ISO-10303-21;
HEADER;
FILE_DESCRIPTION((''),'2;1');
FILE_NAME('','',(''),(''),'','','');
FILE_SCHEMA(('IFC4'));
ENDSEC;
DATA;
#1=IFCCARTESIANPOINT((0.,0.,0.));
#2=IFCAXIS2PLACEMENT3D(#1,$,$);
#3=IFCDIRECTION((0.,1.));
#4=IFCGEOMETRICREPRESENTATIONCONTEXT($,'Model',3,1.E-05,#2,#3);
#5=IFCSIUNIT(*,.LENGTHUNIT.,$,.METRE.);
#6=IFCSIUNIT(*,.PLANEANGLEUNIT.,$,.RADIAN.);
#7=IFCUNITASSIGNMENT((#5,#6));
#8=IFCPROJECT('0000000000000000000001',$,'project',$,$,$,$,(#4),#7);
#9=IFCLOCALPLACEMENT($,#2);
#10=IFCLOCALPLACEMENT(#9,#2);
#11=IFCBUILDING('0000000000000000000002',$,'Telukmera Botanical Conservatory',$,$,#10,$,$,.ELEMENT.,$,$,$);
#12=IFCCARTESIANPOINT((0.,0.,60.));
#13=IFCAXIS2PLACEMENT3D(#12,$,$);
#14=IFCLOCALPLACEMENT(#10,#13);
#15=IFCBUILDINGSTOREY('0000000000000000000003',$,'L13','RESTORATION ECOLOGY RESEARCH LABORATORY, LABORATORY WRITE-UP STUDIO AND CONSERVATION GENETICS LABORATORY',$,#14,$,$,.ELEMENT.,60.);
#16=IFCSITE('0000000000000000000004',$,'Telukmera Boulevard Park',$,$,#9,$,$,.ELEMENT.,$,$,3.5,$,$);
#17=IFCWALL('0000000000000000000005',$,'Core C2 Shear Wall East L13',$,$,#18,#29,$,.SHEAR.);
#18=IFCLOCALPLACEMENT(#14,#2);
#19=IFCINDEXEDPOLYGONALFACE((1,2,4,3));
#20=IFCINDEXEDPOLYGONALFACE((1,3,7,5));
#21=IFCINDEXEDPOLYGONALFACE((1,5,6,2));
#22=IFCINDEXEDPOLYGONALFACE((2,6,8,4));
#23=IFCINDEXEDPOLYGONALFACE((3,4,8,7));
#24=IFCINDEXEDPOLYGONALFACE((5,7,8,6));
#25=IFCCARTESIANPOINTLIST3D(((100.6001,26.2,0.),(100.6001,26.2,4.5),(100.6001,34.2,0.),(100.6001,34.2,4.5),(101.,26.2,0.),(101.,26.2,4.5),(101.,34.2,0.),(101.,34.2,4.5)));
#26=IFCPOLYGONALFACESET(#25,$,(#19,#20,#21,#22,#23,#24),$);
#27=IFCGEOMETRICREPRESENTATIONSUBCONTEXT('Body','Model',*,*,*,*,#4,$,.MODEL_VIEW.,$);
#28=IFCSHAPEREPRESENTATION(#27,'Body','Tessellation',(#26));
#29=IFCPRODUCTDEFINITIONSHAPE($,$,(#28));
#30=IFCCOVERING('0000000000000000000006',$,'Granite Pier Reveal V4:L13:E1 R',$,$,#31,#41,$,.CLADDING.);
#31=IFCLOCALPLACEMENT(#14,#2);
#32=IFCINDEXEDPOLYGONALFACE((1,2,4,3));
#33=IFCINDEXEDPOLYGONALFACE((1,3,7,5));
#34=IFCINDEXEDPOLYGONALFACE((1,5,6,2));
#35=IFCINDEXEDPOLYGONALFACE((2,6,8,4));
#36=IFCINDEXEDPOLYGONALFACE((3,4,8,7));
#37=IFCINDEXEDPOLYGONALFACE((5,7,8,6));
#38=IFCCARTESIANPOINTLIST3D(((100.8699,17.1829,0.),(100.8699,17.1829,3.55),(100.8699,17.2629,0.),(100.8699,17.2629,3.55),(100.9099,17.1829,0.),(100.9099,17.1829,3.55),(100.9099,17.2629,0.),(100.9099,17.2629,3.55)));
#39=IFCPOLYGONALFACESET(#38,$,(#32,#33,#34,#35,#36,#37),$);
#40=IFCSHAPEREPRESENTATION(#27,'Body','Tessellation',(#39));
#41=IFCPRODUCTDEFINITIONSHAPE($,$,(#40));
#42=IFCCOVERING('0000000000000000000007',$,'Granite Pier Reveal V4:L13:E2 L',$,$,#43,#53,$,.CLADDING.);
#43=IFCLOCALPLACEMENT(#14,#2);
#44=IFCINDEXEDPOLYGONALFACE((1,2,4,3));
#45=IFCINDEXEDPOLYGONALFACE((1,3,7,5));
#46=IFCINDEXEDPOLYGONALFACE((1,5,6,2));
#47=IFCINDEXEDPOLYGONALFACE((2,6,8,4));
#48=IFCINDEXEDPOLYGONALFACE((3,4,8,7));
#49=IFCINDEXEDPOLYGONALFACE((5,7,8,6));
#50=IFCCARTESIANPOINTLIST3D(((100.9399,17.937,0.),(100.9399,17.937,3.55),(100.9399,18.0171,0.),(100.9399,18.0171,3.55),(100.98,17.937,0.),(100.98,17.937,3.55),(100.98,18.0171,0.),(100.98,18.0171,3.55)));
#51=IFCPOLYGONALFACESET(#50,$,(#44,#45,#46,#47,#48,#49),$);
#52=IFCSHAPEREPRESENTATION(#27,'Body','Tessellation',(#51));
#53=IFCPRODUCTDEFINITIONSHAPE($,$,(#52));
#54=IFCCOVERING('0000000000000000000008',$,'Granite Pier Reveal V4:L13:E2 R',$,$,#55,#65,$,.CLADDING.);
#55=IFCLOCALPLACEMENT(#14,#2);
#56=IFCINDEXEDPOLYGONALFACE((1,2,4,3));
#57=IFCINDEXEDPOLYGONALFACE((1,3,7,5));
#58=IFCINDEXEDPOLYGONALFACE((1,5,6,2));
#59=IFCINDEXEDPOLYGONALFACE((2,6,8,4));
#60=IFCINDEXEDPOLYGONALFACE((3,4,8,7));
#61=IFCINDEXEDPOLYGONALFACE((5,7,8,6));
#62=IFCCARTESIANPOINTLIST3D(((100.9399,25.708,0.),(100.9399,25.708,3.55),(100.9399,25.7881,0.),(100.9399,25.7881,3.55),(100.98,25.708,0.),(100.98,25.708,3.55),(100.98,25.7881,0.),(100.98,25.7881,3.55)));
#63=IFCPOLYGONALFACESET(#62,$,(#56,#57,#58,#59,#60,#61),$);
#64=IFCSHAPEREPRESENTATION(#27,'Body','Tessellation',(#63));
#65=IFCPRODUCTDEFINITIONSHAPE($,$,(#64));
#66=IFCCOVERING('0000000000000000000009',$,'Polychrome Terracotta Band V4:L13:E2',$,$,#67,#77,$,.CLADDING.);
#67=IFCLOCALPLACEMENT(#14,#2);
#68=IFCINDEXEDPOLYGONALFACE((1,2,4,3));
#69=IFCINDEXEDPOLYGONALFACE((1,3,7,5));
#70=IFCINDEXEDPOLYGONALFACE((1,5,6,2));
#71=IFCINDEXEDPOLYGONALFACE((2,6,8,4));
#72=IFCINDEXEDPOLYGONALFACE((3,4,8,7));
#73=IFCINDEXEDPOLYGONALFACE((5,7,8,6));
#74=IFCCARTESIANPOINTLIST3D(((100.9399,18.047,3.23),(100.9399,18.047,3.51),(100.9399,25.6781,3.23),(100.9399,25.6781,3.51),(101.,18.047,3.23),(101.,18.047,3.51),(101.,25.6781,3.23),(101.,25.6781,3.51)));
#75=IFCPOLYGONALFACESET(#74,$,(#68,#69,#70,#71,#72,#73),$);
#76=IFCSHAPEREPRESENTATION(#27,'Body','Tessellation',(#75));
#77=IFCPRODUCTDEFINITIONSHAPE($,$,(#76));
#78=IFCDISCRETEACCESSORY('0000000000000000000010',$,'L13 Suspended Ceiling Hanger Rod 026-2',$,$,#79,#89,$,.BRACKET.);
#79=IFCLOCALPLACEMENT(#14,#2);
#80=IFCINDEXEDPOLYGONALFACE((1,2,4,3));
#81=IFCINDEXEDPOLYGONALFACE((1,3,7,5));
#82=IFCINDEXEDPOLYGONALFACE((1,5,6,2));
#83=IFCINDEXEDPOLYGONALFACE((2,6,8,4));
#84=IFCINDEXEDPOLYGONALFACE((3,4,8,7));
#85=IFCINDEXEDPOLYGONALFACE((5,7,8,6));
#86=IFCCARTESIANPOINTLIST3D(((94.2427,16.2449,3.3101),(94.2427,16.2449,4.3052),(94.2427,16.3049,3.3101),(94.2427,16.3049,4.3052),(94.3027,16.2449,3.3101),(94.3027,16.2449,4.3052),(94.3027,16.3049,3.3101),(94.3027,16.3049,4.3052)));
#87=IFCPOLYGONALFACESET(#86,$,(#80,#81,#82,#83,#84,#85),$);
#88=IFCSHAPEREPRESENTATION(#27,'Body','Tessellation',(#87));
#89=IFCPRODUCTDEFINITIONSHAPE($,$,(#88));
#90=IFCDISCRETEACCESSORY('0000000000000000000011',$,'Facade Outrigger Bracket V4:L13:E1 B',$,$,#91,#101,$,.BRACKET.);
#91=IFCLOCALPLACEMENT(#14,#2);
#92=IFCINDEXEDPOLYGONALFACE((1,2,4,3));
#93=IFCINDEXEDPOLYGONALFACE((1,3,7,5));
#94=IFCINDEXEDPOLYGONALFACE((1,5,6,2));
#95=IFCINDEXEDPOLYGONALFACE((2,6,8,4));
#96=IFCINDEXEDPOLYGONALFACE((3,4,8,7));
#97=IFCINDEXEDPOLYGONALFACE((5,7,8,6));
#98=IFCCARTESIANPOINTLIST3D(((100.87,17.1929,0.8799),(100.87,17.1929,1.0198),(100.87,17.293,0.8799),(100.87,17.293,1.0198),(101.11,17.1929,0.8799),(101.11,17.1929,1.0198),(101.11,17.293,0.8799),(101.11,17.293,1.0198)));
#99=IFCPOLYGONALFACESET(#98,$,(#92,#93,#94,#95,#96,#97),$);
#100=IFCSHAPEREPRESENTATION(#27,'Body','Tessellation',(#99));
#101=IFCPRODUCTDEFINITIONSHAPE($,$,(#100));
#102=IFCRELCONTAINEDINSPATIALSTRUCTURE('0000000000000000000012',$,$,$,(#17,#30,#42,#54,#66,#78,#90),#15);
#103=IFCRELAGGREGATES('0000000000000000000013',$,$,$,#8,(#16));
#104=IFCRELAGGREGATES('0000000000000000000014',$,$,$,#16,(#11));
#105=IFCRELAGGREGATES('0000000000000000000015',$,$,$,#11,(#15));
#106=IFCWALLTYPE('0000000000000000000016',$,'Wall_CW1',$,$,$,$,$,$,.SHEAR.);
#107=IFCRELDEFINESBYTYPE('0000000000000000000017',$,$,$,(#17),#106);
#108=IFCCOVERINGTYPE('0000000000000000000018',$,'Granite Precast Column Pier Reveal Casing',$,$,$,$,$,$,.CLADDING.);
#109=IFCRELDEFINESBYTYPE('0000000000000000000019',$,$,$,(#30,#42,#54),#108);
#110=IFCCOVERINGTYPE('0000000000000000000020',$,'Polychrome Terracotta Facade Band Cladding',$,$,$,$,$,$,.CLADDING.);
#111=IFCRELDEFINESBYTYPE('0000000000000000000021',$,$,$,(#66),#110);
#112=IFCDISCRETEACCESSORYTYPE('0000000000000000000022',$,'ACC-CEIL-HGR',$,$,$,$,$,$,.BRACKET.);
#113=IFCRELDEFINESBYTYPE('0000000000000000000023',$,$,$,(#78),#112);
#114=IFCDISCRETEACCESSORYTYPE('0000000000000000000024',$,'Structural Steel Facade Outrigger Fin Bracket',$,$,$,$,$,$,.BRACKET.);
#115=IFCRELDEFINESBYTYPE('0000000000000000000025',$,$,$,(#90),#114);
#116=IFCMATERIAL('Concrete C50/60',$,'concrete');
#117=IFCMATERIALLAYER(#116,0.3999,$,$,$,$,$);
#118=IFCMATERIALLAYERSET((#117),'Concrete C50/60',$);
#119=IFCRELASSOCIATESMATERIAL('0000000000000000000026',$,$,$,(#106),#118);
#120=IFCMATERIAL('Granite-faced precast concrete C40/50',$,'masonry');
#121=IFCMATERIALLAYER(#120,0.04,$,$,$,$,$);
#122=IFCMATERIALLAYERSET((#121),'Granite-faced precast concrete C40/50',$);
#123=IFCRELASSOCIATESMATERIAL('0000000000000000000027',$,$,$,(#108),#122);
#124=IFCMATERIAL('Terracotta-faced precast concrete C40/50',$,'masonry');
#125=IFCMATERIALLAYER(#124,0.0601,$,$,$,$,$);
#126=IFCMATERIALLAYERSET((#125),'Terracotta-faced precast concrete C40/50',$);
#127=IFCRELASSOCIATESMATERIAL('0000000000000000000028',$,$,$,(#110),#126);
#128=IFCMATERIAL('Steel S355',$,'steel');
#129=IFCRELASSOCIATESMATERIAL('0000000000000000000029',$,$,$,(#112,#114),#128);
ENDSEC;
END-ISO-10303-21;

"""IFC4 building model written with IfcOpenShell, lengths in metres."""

from ifc_helpers import new_model, si_unit, direction, frame, frame_2d, origin, origin_2d, place, context, subcontext, project, spatial, rectangle, extrude, material, layer, layer_set, type_object, element, save


model = new_model("IFC4")

# Units and contexts
model_context = context("Model", 3, precision=1e-05, world=origin(), true_north=direction((0.0, 1.0)))
body_context = subcontext(model_context, "Body", "Model", "MODEL_VIEW")
ifc_project = project(units=[si_unit("LENGTHUNIT", "METRE"), si_unit("PLANEANGLEUNIT", "RADIAN")], contexts=[model_context])

# Site, building, storey
site_placement = place(None, origin())
site = spatial("IfcSite", under=ifc_project, at=site_placement, Name="Telukmera Boulevard Park", CompositionType="ELEMENT", RefElevation=3.5)
building_placement = place(site_placement, origin())
building = spatial("IfcBuilding", under=site, at=building_placement, Name="Telukmera Botanical Conservatory", CompositionType="ELEMENT")
storey_placement = place(building_placement, frame((0.0, 0.0, 60.0)))
storey = spatial("IfcBuildingStorey", under=building, at=storey_placement, Name="L13", Description="RESTORATION ECOLOGY RESEARCH LABORATORY, LABORATORY WRITE-UP STUDIO AND CONSERVATION GENETICS LABORATORY", CompositionType="ELEMENT", Elevation=60.0)

# Shared definitions
ifc_material_1 = material(Name="Concrete C50/60", Category="concrete")

# Wall
ifc_layer_1 = layer(ifc_material_1, 0.3999)
ifc_layer_set_1 = layer_set([ifc_layer_1], Name="Concrete C50/60")
wall_type_1 = type_object("IfcWallType", Name="Wall_CW1", PredefinedType="SHEAR", material=ifc_layer_set_1)
for number, where, z_axis, x_axis, name in (
    (1, (100.8, 26.2, 0.0), (0.0, 0.0, 1.0), (0.0, 1.0, 0.0), "Core C2 Shear Wall East L13"),
):
    element("IfcWall", number, at=place(storey_placement, frame(where, z_axis=z_axis, x_axis=x_axis)), inside=storey, type_object=wall_type_1, Name=name, PredefinedType="SHEAR", context=body_context, shape_type="SweptSolid", body=[
        extrude(rectangle(XDim=8.0, YDim=0.3999, at=frame_2d((4.0, 0.0))), origin(), (0.0, 0.0, 1.0), 4.5),
    ])

# Coverings
ifc_material_2 = material(Name="Granite-faced precast concrete C40/50", Category="masonry")
ifc_layer_2 = layer(ifc_material_2, 0.04)
ifc_layer_set_2 = layer_set([ifc_layer_2], Name="Granite-faced precast concrete C40/50")
covering_type_1 = type_object("IfcCoveringType", Name="Granite Precast Column Pier Reveal Casing", PredefinedType="CLADDING", material=ifc_layer_set_2)
for number, where, z_axis, x_axis, name in (
    (2, (100.8899, 17.2229, 0.0), (0.0, 0.0, 1.0), (0.0, 1.0, 0.0), "Granite Pier Reveal V4:L13:E1 R"),
    (3, (100.96, 17.9771, 0.0), (0.0, 0.0, 1.0), (0.0, 1.0, 0.0), "Granite Pier Reveal V4:L13:E2 L"),
    (4, (100.96, 25.748, 0.0), (0.0, 0.0, 1.0), (0.0, 1.0, 0.0), "Granite Pier Reveal V4:L13:E2 R"),
):
    element("IfcCovering", number, at=place(storey_placement, frame(where, z_axis=z_axis, x_axis=x_axis)), inside=storey, type_object=covering_type_1, Name=name, PredefinedType="CLADDING", context=body_context, shape_type="SweptSolid", body=[
        extrude(rectangle(XDim=0.0801, YDim=0.04, at=origin_2d()), origin(), (0.0, 0.0, 1.0), 3.55),
    ])
ifc_material_3 = material(Name="Terracotta-faced precast concrete C40/50", Category="masonry")
ifc_layer_3 = layer(ifc_material_3, 0.0601)
ifc_layer_set_3 = layer_set([ifc_layer_3], Name="Terracotta-faced precast concrete C40/50")
covering_type_2 = type_object("IfcCoveringType", Name="Polychrome Terracotta Facade Band Cladding", PredefinedType="CLADDING", material=ifc_layer_set_3)
covering_placement = place(storey_placement, frame((100.97, 21.8625, 3.23), z_axis=(0.0, 0.0, 1.0), x_axis=(0.0, 1.0, 0.0)))
element("IfcCovering", 5, at=covering_placement, inside=storey, type_object=covering_type_2, Name="Polychrome Terracotta Band V4:L13:E2", PredefinedType="CLADDING", context=body_context, shape_type="SweptSolid", body=[
    extrude(rectangle(XDim=7.6311, YDim=0.0601, at=origin_2d()), origin(), (0.0, 0.0, 1.0), 0.28),
])

# Discrete accessories
ifc_material_4 = material(Name="Steel S355", Category="steel")
discrete_accessory_type_1 = type_object("IfcDiscreteAccessoryType", Name="ACC-CEIL-HGR", PredefinedType="BRACKET", material=ifc_material_4)
discrete_accessory_1_placement = place(storey_placement, frame((94.2727, 16.2749, 3.3101), z_axis=(0.0, 0.0, 1.0), x_axis=(1.0, 0.0, 0.0)))
element("IfcDiscreteAccessory", 6, at=discrete_accessory_1_placement, inside=storey, type_object=discrete_accessory_type_1, Name="L13 Suspended Ceiling Hanger Rod 026-2", PredefinedType="BRACKET", context=body_context, shape_type="SweptSolid", body=[
    extrude(rectangle(XDim=0.0601, YDim=0.0601, at=origin_2d()), origin(), (0.0, 0.0, 1.0), 0.9951),
])
discrete_accessory_type_2 = type_object("IfcDiscreteAccessoryType", Name="Structural Steel Facade Outrigger Fin Bracket", PredefinedType="BRACKET", material=ifc_material_4)
discrete_accessory_2_placement = place(storey_placement, frame((100.99, 17.2429, 0.8799), z_axis=(0.0, 0.0, 1.0), x_axis=(0.0, 1.0, 0.0)))
element("IfcDiscreteAccessory", 7, at=discrete_accessory_2_placement, inside=storey, type_object=discrete_accessory_type_2, Name="Facade Outrigger Bracket V4:L13:E1 B", PredefinedType="BRACKET", context=body_context, shape_type="SweptSolid", body=[
    extrude(rectangle(XDim=0.1001, YDim=0.24, at=origin_2d()), origin(), (0.0, 0.0, 1.0), 0.1399),
])

save(model, "model.ifc")
